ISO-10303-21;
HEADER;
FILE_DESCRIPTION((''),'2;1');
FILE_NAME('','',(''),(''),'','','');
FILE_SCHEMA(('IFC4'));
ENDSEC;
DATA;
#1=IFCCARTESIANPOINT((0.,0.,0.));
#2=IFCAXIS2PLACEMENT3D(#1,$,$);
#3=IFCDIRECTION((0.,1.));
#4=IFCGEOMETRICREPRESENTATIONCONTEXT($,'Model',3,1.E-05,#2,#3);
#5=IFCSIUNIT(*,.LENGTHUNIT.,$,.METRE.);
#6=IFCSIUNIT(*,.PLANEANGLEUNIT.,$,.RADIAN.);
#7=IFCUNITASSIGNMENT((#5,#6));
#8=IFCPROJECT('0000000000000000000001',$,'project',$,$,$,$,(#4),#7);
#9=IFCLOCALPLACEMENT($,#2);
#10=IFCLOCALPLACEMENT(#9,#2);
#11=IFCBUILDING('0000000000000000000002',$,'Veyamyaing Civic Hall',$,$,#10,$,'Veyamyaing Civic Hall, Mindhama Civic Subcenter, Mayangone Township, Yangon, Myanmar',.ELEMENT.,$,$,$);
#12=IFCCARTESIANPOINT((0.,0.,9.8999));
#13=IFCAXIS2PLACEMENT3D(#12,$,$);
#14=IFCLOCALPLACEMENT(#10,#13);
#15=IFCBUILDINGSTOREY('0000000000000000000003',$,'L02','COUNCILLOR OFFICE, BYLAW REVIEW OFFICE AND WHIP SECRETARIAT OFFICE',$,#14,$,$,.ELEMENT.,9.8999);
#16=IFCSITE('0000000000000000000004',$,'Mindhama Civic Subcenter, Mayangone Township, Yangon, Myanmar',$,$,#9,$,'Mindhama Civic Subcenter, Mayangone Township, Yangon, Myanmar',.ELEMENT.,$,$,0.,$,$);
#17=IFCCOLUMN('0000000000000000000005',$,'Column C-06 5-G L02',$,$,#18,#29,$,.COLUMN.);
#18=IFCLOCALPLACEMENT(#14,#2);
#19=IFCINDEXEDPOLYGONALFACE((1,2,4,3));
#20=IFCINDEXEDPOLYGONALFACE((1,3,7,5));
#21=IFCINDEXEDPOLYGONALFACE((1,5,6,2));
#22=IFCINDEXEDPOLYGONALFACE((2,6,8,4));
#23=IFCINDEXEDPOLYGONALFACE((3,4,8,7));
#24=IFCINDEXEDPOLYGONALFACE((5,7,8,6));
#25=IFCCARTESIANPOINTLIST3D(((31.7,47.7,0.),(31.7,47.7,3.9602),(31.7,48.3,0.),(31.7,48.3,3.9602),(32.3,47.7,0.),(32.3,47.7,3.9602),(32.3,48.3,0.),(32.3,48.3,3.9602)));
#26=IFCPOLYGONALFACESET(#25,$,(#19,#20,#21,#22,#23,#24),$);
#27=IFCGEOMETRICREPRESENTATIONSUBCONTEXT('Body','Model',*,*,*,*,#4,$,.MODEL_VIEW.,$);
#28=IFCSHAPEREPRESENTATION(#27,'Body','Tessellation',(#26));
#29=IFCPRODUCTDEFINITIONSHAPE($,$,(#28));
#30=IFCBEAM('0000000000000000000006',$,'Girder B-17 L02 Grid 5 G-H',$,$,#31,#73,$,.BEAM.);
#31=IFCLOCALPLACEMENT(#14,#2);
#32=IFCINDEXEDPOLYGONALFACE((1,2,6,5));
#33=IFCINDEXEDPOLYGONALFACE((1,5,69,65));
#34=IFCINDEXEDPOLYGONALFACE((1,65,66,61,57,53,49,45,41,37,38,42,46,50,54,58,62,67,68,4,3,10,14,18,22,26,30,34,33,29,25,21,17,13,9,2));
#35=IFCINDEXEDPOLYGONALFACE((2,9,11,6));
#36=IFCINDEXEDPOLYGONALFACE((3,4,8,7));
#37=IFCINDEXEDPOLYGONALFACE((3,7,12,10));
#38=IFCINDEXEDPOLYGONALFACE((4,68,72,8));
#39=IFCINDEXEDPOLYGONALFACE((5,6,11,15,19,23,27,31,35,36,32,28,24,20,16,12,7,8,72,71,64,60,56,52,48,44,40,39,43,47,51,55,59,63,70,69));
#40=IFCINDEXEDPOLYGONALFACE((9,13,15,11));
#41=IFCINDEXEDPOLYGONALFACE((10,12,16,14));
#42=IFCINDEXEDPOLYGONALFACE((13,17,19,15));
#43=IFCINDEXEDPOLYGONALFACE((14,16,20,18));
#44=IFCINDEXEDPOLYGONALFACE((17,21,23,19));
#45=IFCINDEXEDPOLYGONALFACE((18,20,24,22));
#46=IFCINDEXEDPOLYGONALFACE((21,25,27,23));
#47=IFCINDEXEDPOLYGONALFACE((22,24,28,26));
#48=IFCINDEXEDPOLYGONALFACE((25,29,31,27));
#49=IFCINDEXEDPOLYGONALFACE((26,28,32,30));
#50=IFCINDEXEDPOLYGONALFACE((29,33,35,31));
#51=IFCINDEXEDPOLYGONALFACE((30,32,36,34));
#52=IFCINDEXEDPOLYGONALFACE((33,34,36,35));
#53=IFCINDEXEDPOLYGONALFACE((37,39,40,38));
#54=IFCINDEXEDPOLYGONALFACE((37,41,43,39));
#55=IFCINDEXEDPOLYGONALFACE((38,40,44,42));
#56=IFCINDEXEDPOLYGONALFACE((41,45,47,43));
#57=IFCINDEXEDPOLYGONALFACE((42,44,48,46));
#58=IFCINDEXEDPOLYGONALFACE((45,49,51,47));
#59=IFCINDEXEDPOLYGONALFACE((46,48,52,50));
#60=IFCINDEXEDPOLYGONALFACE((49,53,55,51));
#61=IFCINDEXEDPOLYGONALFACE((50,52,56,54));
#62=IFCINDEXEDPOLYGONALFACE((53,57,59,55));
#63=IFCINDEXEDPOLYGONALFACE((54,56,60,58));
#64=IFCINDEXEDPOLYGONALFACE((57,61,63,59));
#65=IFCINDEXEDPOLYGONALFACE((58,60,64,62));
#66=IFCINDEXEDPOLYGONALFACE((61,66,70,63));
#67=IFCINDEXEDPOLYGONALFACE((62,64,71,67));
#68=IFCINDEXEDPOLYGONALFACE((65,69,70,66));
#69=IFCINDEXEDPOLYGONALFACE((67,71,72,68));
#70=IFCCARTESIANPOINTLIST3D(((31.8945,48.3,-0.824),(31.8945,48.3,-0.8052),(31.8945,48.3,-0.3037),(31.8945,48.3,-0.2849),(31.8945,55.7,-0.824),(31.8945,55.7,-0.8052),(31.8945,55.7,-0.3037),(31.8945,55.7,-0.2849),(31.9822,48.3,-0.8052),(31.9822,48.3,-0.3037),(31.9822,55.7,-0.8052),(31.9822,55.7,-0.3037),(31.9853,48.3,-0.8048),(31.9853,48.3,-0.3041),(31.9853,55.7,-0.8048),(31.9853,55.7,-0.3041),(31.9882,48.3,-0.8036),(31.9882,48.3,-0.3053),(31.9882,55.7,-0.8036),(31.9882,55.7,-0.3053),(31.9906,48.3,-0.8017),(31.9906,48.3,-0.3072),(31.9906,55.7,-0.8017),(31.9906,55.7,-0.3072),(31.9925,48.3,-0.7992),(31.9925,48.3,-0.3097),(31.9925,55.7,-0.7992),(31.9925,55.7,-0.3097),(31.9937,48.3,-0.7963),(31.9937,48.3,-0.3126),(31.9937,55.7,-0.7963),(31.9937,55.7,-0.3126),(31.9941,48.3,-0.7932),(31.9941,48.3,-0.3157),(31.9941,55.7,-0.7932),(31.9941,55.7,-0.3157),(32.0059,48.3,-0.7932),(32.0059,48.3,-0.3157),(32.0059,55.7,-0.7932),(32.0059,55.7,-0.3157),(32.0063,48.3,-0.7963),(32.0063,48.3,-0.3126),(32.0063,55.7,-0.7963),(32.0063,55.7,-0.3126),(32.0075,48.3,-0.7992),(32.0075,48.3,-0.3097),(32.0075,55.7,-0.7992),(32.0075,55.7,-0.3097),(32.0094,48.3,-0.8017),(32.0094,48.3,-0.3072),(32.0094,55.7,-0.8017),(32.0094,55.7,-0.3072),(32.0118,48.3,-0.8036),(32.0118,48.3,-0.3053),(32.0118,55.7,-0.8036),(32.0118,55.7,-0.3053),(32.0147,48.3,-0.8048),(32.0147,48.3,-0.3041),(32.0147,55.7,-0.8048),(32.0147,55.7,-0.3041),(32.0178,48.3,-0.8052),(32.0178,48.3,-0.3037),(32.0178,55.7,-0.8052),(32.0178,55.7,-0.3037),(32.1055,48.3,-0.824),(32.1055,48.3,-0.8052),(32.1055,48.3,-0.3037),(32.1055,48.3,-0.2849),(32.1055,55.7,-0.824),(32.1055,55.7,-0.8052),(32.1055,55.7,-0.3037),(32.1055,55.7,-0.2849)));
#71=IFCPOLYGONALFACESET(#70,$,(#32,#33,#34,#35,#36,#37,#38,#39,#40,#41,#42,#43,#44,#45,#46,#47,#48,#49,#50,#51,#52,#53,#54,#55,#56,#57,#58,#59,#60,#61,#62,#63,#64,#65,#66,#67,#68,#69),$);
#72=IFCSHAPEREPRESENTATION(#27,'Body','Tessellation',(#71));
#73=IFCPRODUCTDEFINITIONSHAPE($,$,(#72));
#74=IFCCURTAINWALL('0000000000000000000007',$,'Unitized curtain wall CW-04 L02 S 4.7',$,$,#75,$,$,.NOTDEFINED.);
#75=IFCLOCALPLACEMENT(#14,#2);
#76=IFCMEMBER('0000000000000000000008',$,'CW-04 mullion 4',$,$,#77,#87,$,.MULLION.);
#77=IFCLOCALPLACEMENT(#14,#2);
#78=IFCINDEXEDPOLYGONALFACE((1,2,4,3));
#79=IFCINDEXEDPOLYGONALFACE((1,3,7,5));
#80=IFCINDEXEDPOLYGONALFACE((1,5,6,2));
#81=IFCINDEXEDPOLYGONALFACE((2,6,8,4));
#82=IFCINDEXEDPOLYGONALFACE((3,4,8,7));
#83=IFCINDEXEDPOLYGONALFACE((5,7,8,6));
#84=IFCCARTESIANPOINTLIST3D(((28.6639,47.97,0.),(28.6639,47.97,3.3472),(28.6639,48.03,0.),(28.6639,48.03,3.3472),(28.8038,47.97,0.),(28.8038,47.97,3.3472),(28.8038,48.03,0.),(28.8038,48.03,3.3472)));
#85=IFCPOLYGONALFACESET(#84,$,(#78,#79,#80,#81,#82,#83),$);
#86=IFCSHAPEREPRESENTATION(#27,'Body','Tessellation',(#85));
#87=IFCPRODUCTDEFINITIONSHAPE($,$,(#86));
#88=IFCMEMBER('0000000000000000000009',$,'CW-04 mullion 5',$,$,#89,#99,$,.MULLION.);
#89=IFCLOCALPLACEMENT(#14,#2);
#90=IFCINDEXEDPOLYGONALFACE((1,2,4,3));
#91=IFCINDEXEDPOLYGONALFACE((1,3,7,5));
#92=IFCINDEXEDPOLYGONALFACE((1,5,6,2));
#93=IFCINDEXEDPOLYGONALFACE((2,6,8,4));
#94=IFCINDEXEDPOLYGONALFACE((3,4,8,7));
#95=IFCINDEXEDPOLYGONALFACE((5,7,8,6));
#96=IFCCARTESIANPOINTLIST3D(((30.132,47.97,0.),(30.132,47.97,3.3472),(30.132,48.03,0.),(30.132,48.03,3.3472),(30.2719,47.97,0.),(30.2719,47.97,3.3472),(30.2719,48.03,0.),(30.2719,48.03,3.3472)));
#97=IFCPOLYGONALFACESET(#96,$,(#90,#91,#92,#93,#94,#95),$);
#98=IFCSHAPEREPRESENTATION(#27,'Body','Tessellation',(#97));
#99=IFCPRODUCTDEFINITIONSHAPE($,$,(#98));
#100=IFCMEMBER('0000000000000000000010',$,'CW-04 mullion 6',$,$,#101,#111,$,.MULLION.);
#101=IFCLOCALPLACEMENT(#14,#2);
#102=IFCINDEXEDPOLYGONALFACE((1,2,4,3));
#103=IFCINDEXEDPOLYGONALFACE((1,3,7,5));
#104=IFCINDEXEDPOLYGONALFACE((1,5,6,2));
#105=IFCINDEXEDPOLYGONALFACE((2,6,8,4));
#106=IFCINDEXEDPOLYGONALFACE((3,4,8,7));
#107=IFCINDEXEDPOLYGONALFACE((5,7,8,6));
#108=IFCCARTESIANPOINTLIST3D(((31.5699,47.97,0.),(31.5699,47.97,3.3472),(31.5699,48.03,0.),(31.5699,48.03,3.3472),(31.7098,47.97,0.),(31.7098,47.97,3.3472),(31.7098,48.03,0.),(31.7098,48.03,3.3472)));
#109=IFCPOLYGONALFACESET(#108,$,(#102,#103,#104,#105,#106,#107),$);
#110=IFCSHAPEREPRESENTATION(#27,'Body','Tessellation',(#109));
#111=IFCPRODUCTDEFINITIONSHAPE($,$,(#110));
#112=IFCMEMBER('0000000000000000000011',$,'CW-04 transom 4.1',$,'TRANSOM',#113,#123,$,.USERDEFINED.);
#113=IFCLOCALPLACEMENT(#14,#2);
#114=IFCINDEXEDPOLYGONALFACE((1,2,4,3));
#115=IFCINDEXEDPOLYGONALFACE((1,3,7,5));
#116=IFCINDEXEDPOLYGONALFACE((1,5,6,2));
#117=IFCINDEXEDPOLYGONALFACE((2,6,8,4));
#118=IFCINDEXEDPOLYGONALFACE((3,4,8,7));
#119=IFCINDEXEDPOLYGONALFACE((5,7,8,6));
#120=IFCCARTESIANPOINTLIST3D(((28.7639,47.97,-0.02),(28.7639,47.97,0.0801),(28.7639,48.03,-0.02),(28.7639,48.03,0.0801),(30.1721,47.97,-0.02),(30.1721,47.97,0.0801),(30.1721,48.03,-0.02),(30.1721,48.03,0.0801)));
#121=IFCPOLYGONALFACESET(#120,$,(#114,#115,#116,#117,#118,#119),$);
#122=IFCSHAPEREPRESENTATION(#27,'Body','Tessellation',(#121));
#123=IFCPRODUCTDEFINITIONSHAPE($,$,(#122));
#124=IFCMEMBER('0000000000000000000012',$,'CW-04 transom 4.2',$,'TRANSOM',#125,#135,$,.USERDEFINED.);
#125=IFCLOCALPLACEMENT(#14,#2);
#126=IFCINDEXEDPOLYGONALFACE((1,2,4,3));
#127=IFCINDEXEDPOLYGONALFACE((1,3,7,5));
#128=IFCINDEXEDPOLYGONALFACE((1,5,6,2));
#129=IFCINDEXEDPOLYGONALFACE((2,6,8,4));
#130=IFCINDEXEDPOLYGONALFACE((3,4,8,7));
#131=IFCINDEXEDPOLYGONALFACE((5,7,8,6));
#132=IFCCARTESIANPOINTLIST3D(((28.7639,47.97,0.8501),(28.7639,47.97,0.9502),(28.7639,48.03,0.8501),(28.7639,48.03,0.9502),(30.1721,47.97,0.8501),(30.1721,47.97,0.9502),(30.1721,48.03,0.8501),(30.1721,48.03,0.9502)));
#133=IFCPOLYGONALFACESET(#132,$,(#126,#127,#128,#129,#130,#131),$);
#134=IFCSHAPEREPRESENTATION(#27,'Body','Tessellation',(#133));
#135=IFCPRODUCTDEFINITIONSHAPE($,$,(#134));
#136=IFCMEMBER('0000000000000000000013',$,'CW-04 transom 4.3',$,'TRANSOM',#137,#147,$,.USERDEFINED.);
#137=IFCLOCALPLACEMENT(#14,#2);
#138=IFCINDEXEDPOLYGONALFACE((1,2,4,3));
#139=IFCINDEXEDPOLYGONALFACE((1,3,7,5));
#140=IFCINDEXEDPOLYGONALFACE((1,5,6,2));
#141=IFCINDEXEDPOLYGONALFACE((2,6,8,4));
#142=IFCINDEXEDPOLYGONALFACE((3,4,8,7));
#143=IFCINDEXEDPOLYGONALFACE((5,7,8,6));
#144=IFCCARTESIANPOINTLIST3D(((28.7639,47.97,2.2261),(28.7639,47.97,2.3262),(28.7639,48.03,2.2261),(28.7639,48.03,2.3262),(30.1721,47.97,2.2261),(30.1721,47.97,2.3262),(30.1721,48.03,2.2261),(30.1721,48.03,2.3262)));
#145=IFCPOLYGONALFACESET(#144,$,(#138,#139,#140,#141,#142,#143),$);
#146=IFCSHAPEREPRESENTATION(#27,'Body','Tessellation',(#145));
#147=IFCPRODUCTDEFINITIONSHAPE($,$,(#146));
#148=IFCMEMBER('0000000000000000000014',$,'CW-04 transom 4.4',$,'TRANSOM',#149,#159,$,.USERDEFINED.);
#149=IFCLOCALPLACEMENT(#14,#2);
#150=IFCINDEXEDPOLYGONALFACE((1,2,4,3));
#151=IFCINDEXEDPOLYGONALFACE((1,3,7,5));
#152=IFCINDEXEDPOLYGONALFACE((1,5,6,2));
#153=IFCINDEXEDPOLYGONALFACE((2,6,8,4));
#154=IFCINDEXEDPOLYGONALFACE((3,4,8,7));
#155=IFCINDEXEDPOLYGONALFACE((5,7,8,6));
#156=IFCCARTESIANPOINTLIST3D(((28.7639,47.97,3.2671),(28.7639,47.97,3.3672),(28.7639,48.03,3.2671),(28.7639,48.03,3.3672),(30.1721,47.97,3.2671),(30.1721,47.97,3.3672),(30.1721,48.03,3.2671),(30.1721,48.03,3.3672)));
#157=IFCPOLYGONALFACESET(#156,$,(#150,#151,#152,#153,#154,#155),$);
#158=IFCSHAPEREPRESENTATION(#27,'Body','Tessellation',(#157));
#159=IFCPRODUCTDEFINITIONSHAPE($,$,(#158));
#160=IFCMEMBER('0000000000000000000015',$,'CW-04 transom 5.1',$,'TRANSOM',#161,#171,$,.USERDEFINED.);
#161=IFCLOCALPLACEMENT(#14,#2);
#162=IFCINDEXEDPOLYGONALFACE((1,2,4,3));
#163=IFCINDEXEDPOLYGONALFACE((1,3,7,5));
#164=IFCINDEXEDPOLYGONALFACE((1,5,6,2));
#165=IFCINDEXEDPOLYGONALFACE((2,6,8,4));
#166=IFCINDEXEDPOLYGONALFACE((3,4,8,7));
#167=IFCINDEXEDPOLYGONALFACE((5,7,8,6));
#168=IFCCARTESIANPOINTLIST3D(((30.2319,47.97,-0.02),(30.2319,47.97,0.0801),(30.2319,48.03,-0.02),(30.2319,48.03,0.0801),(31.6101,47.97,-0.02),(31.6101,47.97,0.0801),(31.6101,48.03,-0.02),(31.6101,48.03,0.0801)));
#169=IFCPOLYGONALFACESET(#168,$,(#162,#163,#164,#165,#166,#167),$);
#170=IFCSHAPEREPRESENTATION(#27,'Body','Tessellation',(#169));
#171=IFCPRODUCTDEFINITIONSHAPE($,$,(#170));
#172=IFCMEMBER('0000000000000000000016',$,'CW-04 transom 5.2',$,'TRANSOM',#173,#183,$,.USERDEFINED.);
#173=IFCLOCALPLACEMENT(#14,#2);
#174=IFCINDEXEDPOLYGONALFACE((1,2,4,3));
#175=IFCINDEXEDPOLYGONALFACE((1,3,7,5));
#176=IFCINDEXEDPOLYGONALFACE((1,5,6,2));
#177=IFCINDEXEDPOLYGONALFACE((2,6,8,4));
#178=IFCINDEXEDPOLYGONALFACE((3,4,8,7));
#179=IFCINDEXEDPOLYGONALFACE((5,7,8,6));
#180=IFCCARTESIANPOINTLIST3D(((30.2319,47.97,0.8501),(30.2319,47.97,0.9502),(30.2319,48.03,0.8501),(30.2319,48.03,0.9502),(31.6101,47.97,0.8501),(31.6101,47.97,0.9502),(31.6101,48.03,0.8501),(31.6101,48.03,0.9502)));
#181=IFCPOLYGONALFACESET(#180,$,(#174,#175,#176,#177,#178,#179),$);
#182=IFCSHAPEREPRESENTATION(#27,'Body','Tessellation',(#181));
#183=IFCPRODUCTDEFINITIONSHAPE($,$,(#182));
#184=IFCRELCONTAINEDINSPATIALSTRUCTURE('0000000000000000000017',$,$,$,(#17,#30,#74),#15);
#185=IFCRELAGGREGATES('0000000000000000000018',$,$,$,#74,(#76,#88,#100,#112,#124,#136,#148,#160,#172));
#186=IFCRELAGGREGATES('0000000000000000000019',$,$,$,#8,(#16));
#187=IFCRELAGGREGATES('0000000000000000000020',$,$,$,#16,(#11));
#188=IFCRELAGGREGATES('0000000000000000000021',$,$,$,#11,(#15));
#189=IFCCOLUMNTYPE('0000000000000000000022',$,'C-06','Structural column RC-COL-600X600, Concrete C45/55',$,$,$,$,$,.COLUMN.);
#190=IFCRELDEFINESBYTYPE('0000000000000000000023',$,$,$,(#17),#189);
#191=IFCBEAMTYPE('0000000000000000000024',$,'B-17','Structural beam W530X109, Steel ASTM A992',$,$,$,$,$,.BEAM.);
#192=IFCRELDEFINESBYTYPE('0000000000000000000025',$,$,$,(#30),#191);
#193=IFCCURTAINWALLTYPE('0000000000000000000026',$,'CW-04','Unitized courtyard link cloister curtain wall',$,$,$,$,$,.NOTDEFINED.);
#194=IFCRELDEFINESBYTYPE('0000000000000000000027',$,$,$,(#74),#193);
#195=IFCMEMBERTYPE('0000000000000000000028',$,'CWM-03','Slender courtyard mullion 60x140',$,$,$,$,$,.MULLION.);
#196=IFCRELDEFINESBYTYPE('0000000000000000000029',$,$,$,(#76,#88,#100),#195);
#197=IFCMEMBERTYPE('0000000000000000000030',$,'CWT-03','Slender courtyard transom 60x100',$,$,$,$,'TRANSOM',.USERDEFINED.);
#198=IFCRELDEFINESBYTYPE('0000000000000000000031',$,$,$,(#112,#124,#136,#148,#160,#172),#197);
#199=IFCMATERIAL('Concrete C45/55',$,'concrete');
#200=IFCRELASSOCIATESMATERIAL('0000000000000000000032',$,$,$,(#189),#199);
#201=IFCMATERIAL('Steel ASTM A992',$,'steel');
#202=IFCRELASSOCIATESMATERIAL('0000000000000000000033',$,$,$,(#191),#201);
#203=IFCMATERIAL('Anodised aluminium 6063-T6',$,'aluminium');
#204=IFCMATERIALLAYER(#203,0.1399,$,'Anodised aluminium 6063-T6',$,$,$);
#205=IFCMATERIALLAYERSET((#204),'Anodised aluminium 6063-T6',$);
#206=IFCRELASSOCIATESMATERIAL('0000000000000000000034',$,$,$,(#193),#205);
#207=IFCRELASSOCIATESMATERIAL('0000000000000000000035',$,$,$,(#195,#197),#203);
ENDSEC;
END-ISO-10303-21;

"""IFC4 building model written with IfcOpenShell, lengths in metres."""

from ifc_helpers import new_model, si_unit, direction, frame, origin, origin_2d, place, context, subcontext, project, spatial, rectangle, i_section, extrude, material, layer, layer_set, material_profile, profile_set, type_object, element, aggregate, save


model = new_model("IFC4")

# Units and contexts
model_context = context("Model", 3, precision=1e-05, world=origin(), true_north=direction((0.0, 1.0)))
body_context = subcontext(model_context, "Body", "Model", "MODEL_VIEW")
ifc_project = project(units=[si_unit("LENGTHUNIT", "METRE"), si_unit("PLANEANGLEUNIT", "RADIAN")], contexts=[model_context])

# Site, building, storey
site_placement = place(None, origin())
site = spatial("IfcSite", under=ifc_project, at=site_placement, Name="Mindhama Civic Subcenter, Mayangone Township, Yangon, Myanmar", LongName="Mindhama Civic Subcenter, Mayangone Township, Yangon, Myanmar", CompositionType="ELEMENT", RefElevation=0.0)
building_placement = place(site_placement, origin())
building = spatial("IfcBuilding", under=site, at=building_placement, Name="Veyamyaing Civic Hall", LongName="Veyamyaing Civic Hall, Mindhama Civic Subcenter, Mayangone Township, Yangon, Myanmar", CompositionType="ELEMENT")
storey_placement = place(building_placement, frame((0.0, 0.0, 9.8999)))
storey = spatial("IfcBuildingStorey", under=building, at=storey_placement, Name="L02", Description="COUNCILLOR OFFICE, BYLAW REVIEW OFFICE AND WHIP SECRETARIAT OFFICE", CompositionType="ELEMENT", Elevation=9.8999)

# Column
ifc_material_1 = material(Name="Concrete C45/55", Category="concrete")
ifc_material_profile_1 = material_profile(ifc_material_1, rectangle(XDim=0.6001, YDim=0.6001, at=origin_2d()), Name="RC-COL-600X600")
ifc_profile_set_1 = profile_set([ifc_material_profile_1], Name="Concrete C45/55")
column_type = type_object("IfcColumnType", Name="C-06", Description="Structural column RC-COL-600X600, Concrete C45/55", PredefinedType="COLUMN", material=ifc_profile_set_1)
column_placement = place(storey_placement, frame((32.0, 48.0, 0.0), z_axis=(0.0, 0.0, 1.0), x_axis=(1.0, 0.0, 0.0)))
element("IfcColumn", 1, at=column_placement, inside=storey, type_object=column_type, Name="Column C-06 5-G L02", PredefinedType="COLUMN", context=body_context, shape_type="SweptSolid", body=[
    extrude(rectangle(XDim=0.6001, YDim=0.6001, at=origin_2d()), origin(), (0.0, 0.0, 1.0), 3.9602),
])

# Beam
ifc_material_2 = material(Name="Steel ASTM A992", Category="steel")
ifc_material_profile_2 = material_profile(ifc_material_2, i_section(OverallWidth=0.2109, OverallDepth=0.5391, WebThickness=0.0117, FlangeThickness=0.0188, FilletRadius=0.012, at=origin_2d()), Name="W530X109")
ifc_profile_set_2 = profile_set([ifc_material_profile_2], Name="Steel ASTM A992")
beam_type_1 = type_object("IfcBeamType", Name="B-17", Description="Structural beam W530X109, Steel ASTM A992", PredefinedType="BEAM", material=ifc_profile_set_2)
beam_1_placement = place(storey_placement, frame((32.0, 48.3, -0.5544), z_axis=(0.0, 1.0, 0.0), x_axis=(-1.0, 0.0, 0.0)))
element("IfcBeam", 2, at=beam_1_placement, inside=storey, type_object=beam_type_1, Name="Girder B-17 L02 Grid 5 G-H", PredefinedType="BEAM", context=body_context, shape_type="SweptSolid", body=[
    extrude(i_section(OverallWidth=0.2109, OverallDepth=0.5391, WebThickness=0.0117, FlangeThickness=0.0188, FilletRadius=0.012, at=origin_2d()), origin(), (0.0, 0.0, 1.0), 7.3999),
])

# Curtain wall, members
ifc_material_3 = material(Name="Anodised aluminium 6063-T6", Category="aluminium")
ifc_layer_1 = layer(ifc_material_3, 0.1399, Name="Anodised aluminium 6063-T6")
ifc_layer_set_1 = layer_set([ifc_layer_1], Name="Anodised aluminium 6063-T6")
curtain_wall_type = type_object("IfcCurtainWallType", Name="CW-04", Description="Unitized courtyard link cloister curtain wall", PredefinedType="NOTDEFINED", material=ifc_layer_set_1)
curtain_wall_placement = place(storey_placement, origin())
curtain_wall = element("IfcCurtainWall", 3, at=curtain_wall_placement, inside=storey, type_object=curtain_wall_type, Name="Unitized curtain wall CW-04 L02 S 4.7", PredefinedType="NOTDEFINED")
ifc_material_profile_3 = material_profile(ifc_material_3, rectangle(XDim=0.0601, YDim=0.1399, at=origin_2d()), Name="ALU-MUL-60X140")
ifc_profile_set_3 = profile_set([ifc_material_profile_3], Name="Anodised aluminium 6063-T6")
member_type_1 = type_object("IfcMemberType", Name="CWM-03", Description="Slender courtyard mullion 60x140", PredefinedType="MULLION", material=ifc_profile_set_3)
member_1_placement = place(storey_placement, frame((28.7339, 48.0, 0.0), z_axis=(0.0, 0.0, 1.0), x_axis=(0.0, 1.0, 0.0)))
member_1 = element("IfcMember", 4, at=member_1_placement, type_object=member_type_1, Name="CW-04 mullion 4", PredefinedType="MULLION", context=body_context, shape_type="SweptSolid", body=[
    extrude(rectangle(XDim=0.0601, YDim=0.1399, at=origin_2d()), origin(), (0.0, 0.0, 1.0), 3.3472),
])
member_2_placement = place(storey_placement, frame((30.2019, 48.0, 0.0), z_axis=(0.0, 0.0, 1.0), x_axis=(0.0, 1.0, 0.0)))
member_2 = element("IfcMember", 5, at=member_2_placement, type_object=member_type_1, Name="CW-04 mullion 5", PredefinedType="MULLION", context=body_context, shape_type="SweptSolid", body=[
    extrude(rectangle(XDim=0.0601, YDim=0.1399, at=origin_2d()), origin(), (0.0, 0.0, 1.0), 3.3472),
])
member_3_placement = place(storey_placement, frame((31.6399, 48.0, 0.0), z_axis=(0.0, 0.0, 1.0), x_axis=(0.0, 1.0, 0.0)))
member_3 = element("IfcMember", 6, at=member_3_placement, type_object=member_type_1, Name="CW-04 mullion 6", PredefinedType="MULLION", context=body_context, shape_type="SweptSolid", body=[
    extrude(rectangle(XDim=0.0601, YDim=0.1399, at=origin_2d()), origin(), (0.0, 0.0, 1.0), 3.3472),
])
ifc_material_profile_4 = material_profile(ifc_material_3, rectangle(XDim=0.0601, YDim=0.1001, at=origin_2d()), Name="ALU-TRN-60X100")
ifc_profile_set_4 = profile_set([ifc_material_profile_4], Name="Anodised aluminium 6063-T6")
member_type_2 = type_object("IfcMemberType", Name="CWT-03", Description="Slender courtyard transom 60x100", ElementType="TRANSOM", PredefinedType="USERDEFINED", material=ifc_profile_set_4)
member_4_placement = place(storey_placement, frame((28.7639, 48.0, 0.03), z_axis=(1.0, 0.0, 0.0), x_axis=(0.0, 1.0, 0.0)))
member_4 = element("IfcMember", 7, at=member_4_placement, type_object=member_type_2, Name="CW-04 transom 4.1", ObjectType="TRANSOM", PredefinedType="USERDEFINED", context=body_context, shape_type="SweptSolid", body=[
    extrude(rectangle(XDim=0.0601, YDim=0.1001, at=origin_2d()), origin(), (0.0, 0.0, 1.0), 1.4082),
])
member_5_placement = place(storey_placement, frame((28.7639, 48.0, 0.9001), z_axis=(1.0, 0.0, 0.0), x_axis=(0.0, 1.0, 0.0)))
member_5 = element("IfcMember", 8, at=member_5_placement, type_object=member_type_2, Name="CW-04 transom 4.2", ObjectType="TRANSOM", PredefinedType="USERDEFINED", context=body_context, shape_type="SweptSolid", body=[
    extrude(rectangle(XDim=0.0601, YDim=0.1001, at=origin_2d()), origin(), (0.0, 0.0, 1.0), 1.4082),
])
member_6_placement = place(storey_placement, frame((28.7639, 48.0, 2.2761), z_axis=(1.0, 0.0, 0.0), x_axis=(0.0, 1.0, 0.0)))
member_6 = element("IfcMember", 9, at=member_6_placement, type_object=member_type_2, Name="CW-04 transom 4.3", ObjectType="TRANSOM", PredefinedType="USERDEFINED", context=body_context, shape_type="SweptSolid", body=[
    extrude(rectangle(XDim=0.0601, YDim=0.1001, at=origin_2d()), origin(), (0.0, 0.0, 1.0), 1.4082),
])
member_7_placement = place(storey_placement, frame((28.7639, 48.0, 3.3171), z_axis=(1.0, 0.0, 0.0), x_axis=(0.0, 1.0, 0.0)))
member_7 = element("IfcMember", 10, at=member_7_placement, type_object=member_type_2, Name="CW-04 transom 4.4", ObjectType="TRANSOM", PredefinedType="USERDEFINED", context=body_context, shape_type="SweptSolid", body=[
    extrude(rectangle(XDim=0.0601, YDim=0.1001, at=origin_2d()), origin(), (0.0, 0.0, 1.0), 1.4082),
])
member_8_placement = place(storey_placement, frame((30.2319, 48.0, 0.03), z_axis=(1.0, 0.0, 0.0), x_axis=(0.0, 1.0, 0.0)))
member_8 = element("IfcMember", 11, at=member_8_placement, type_object=member_type_2, Name="CW-04 transom 5.1", ObjectType="TRANSOM", PredefinedType="USERDEFINED", context=body_context, shape_type="SweptSolid", body=[
    extrude(rectangle(XDim=0.0601, YDim=0.1001, at=origin_2d()), origin(), (0.0, 0.0, 1.0), 1.3782),
])
member_9_placement = place(storey_placement, frame((30.2319, 48.0, 0.9001), z_axis=(1.0, 0.0, 0.0), x_axis=(0.0, 1.0, 0.0)))
member_9 = element("IfcMember", 12, at=member_9_placement, type_object=member_type_2, Name="CW-04 transom 5.2", ObjectType="TRANSOM", PredefinedType="USERDEFINED", context=body_context, shape_type="SweptSolid", body=[
    extrude(rectangle(XDim=0.0601, YDim=0.1001, at=origin_2d()), origin(), (0.0, 0.0, 1.0), 1.3782),
])

aggregate(curtain_wall, [member_1, member_2, member_3, member_4, member_5, member_6, member_7, member_8, member_9])

save(model, "model.ifc")
